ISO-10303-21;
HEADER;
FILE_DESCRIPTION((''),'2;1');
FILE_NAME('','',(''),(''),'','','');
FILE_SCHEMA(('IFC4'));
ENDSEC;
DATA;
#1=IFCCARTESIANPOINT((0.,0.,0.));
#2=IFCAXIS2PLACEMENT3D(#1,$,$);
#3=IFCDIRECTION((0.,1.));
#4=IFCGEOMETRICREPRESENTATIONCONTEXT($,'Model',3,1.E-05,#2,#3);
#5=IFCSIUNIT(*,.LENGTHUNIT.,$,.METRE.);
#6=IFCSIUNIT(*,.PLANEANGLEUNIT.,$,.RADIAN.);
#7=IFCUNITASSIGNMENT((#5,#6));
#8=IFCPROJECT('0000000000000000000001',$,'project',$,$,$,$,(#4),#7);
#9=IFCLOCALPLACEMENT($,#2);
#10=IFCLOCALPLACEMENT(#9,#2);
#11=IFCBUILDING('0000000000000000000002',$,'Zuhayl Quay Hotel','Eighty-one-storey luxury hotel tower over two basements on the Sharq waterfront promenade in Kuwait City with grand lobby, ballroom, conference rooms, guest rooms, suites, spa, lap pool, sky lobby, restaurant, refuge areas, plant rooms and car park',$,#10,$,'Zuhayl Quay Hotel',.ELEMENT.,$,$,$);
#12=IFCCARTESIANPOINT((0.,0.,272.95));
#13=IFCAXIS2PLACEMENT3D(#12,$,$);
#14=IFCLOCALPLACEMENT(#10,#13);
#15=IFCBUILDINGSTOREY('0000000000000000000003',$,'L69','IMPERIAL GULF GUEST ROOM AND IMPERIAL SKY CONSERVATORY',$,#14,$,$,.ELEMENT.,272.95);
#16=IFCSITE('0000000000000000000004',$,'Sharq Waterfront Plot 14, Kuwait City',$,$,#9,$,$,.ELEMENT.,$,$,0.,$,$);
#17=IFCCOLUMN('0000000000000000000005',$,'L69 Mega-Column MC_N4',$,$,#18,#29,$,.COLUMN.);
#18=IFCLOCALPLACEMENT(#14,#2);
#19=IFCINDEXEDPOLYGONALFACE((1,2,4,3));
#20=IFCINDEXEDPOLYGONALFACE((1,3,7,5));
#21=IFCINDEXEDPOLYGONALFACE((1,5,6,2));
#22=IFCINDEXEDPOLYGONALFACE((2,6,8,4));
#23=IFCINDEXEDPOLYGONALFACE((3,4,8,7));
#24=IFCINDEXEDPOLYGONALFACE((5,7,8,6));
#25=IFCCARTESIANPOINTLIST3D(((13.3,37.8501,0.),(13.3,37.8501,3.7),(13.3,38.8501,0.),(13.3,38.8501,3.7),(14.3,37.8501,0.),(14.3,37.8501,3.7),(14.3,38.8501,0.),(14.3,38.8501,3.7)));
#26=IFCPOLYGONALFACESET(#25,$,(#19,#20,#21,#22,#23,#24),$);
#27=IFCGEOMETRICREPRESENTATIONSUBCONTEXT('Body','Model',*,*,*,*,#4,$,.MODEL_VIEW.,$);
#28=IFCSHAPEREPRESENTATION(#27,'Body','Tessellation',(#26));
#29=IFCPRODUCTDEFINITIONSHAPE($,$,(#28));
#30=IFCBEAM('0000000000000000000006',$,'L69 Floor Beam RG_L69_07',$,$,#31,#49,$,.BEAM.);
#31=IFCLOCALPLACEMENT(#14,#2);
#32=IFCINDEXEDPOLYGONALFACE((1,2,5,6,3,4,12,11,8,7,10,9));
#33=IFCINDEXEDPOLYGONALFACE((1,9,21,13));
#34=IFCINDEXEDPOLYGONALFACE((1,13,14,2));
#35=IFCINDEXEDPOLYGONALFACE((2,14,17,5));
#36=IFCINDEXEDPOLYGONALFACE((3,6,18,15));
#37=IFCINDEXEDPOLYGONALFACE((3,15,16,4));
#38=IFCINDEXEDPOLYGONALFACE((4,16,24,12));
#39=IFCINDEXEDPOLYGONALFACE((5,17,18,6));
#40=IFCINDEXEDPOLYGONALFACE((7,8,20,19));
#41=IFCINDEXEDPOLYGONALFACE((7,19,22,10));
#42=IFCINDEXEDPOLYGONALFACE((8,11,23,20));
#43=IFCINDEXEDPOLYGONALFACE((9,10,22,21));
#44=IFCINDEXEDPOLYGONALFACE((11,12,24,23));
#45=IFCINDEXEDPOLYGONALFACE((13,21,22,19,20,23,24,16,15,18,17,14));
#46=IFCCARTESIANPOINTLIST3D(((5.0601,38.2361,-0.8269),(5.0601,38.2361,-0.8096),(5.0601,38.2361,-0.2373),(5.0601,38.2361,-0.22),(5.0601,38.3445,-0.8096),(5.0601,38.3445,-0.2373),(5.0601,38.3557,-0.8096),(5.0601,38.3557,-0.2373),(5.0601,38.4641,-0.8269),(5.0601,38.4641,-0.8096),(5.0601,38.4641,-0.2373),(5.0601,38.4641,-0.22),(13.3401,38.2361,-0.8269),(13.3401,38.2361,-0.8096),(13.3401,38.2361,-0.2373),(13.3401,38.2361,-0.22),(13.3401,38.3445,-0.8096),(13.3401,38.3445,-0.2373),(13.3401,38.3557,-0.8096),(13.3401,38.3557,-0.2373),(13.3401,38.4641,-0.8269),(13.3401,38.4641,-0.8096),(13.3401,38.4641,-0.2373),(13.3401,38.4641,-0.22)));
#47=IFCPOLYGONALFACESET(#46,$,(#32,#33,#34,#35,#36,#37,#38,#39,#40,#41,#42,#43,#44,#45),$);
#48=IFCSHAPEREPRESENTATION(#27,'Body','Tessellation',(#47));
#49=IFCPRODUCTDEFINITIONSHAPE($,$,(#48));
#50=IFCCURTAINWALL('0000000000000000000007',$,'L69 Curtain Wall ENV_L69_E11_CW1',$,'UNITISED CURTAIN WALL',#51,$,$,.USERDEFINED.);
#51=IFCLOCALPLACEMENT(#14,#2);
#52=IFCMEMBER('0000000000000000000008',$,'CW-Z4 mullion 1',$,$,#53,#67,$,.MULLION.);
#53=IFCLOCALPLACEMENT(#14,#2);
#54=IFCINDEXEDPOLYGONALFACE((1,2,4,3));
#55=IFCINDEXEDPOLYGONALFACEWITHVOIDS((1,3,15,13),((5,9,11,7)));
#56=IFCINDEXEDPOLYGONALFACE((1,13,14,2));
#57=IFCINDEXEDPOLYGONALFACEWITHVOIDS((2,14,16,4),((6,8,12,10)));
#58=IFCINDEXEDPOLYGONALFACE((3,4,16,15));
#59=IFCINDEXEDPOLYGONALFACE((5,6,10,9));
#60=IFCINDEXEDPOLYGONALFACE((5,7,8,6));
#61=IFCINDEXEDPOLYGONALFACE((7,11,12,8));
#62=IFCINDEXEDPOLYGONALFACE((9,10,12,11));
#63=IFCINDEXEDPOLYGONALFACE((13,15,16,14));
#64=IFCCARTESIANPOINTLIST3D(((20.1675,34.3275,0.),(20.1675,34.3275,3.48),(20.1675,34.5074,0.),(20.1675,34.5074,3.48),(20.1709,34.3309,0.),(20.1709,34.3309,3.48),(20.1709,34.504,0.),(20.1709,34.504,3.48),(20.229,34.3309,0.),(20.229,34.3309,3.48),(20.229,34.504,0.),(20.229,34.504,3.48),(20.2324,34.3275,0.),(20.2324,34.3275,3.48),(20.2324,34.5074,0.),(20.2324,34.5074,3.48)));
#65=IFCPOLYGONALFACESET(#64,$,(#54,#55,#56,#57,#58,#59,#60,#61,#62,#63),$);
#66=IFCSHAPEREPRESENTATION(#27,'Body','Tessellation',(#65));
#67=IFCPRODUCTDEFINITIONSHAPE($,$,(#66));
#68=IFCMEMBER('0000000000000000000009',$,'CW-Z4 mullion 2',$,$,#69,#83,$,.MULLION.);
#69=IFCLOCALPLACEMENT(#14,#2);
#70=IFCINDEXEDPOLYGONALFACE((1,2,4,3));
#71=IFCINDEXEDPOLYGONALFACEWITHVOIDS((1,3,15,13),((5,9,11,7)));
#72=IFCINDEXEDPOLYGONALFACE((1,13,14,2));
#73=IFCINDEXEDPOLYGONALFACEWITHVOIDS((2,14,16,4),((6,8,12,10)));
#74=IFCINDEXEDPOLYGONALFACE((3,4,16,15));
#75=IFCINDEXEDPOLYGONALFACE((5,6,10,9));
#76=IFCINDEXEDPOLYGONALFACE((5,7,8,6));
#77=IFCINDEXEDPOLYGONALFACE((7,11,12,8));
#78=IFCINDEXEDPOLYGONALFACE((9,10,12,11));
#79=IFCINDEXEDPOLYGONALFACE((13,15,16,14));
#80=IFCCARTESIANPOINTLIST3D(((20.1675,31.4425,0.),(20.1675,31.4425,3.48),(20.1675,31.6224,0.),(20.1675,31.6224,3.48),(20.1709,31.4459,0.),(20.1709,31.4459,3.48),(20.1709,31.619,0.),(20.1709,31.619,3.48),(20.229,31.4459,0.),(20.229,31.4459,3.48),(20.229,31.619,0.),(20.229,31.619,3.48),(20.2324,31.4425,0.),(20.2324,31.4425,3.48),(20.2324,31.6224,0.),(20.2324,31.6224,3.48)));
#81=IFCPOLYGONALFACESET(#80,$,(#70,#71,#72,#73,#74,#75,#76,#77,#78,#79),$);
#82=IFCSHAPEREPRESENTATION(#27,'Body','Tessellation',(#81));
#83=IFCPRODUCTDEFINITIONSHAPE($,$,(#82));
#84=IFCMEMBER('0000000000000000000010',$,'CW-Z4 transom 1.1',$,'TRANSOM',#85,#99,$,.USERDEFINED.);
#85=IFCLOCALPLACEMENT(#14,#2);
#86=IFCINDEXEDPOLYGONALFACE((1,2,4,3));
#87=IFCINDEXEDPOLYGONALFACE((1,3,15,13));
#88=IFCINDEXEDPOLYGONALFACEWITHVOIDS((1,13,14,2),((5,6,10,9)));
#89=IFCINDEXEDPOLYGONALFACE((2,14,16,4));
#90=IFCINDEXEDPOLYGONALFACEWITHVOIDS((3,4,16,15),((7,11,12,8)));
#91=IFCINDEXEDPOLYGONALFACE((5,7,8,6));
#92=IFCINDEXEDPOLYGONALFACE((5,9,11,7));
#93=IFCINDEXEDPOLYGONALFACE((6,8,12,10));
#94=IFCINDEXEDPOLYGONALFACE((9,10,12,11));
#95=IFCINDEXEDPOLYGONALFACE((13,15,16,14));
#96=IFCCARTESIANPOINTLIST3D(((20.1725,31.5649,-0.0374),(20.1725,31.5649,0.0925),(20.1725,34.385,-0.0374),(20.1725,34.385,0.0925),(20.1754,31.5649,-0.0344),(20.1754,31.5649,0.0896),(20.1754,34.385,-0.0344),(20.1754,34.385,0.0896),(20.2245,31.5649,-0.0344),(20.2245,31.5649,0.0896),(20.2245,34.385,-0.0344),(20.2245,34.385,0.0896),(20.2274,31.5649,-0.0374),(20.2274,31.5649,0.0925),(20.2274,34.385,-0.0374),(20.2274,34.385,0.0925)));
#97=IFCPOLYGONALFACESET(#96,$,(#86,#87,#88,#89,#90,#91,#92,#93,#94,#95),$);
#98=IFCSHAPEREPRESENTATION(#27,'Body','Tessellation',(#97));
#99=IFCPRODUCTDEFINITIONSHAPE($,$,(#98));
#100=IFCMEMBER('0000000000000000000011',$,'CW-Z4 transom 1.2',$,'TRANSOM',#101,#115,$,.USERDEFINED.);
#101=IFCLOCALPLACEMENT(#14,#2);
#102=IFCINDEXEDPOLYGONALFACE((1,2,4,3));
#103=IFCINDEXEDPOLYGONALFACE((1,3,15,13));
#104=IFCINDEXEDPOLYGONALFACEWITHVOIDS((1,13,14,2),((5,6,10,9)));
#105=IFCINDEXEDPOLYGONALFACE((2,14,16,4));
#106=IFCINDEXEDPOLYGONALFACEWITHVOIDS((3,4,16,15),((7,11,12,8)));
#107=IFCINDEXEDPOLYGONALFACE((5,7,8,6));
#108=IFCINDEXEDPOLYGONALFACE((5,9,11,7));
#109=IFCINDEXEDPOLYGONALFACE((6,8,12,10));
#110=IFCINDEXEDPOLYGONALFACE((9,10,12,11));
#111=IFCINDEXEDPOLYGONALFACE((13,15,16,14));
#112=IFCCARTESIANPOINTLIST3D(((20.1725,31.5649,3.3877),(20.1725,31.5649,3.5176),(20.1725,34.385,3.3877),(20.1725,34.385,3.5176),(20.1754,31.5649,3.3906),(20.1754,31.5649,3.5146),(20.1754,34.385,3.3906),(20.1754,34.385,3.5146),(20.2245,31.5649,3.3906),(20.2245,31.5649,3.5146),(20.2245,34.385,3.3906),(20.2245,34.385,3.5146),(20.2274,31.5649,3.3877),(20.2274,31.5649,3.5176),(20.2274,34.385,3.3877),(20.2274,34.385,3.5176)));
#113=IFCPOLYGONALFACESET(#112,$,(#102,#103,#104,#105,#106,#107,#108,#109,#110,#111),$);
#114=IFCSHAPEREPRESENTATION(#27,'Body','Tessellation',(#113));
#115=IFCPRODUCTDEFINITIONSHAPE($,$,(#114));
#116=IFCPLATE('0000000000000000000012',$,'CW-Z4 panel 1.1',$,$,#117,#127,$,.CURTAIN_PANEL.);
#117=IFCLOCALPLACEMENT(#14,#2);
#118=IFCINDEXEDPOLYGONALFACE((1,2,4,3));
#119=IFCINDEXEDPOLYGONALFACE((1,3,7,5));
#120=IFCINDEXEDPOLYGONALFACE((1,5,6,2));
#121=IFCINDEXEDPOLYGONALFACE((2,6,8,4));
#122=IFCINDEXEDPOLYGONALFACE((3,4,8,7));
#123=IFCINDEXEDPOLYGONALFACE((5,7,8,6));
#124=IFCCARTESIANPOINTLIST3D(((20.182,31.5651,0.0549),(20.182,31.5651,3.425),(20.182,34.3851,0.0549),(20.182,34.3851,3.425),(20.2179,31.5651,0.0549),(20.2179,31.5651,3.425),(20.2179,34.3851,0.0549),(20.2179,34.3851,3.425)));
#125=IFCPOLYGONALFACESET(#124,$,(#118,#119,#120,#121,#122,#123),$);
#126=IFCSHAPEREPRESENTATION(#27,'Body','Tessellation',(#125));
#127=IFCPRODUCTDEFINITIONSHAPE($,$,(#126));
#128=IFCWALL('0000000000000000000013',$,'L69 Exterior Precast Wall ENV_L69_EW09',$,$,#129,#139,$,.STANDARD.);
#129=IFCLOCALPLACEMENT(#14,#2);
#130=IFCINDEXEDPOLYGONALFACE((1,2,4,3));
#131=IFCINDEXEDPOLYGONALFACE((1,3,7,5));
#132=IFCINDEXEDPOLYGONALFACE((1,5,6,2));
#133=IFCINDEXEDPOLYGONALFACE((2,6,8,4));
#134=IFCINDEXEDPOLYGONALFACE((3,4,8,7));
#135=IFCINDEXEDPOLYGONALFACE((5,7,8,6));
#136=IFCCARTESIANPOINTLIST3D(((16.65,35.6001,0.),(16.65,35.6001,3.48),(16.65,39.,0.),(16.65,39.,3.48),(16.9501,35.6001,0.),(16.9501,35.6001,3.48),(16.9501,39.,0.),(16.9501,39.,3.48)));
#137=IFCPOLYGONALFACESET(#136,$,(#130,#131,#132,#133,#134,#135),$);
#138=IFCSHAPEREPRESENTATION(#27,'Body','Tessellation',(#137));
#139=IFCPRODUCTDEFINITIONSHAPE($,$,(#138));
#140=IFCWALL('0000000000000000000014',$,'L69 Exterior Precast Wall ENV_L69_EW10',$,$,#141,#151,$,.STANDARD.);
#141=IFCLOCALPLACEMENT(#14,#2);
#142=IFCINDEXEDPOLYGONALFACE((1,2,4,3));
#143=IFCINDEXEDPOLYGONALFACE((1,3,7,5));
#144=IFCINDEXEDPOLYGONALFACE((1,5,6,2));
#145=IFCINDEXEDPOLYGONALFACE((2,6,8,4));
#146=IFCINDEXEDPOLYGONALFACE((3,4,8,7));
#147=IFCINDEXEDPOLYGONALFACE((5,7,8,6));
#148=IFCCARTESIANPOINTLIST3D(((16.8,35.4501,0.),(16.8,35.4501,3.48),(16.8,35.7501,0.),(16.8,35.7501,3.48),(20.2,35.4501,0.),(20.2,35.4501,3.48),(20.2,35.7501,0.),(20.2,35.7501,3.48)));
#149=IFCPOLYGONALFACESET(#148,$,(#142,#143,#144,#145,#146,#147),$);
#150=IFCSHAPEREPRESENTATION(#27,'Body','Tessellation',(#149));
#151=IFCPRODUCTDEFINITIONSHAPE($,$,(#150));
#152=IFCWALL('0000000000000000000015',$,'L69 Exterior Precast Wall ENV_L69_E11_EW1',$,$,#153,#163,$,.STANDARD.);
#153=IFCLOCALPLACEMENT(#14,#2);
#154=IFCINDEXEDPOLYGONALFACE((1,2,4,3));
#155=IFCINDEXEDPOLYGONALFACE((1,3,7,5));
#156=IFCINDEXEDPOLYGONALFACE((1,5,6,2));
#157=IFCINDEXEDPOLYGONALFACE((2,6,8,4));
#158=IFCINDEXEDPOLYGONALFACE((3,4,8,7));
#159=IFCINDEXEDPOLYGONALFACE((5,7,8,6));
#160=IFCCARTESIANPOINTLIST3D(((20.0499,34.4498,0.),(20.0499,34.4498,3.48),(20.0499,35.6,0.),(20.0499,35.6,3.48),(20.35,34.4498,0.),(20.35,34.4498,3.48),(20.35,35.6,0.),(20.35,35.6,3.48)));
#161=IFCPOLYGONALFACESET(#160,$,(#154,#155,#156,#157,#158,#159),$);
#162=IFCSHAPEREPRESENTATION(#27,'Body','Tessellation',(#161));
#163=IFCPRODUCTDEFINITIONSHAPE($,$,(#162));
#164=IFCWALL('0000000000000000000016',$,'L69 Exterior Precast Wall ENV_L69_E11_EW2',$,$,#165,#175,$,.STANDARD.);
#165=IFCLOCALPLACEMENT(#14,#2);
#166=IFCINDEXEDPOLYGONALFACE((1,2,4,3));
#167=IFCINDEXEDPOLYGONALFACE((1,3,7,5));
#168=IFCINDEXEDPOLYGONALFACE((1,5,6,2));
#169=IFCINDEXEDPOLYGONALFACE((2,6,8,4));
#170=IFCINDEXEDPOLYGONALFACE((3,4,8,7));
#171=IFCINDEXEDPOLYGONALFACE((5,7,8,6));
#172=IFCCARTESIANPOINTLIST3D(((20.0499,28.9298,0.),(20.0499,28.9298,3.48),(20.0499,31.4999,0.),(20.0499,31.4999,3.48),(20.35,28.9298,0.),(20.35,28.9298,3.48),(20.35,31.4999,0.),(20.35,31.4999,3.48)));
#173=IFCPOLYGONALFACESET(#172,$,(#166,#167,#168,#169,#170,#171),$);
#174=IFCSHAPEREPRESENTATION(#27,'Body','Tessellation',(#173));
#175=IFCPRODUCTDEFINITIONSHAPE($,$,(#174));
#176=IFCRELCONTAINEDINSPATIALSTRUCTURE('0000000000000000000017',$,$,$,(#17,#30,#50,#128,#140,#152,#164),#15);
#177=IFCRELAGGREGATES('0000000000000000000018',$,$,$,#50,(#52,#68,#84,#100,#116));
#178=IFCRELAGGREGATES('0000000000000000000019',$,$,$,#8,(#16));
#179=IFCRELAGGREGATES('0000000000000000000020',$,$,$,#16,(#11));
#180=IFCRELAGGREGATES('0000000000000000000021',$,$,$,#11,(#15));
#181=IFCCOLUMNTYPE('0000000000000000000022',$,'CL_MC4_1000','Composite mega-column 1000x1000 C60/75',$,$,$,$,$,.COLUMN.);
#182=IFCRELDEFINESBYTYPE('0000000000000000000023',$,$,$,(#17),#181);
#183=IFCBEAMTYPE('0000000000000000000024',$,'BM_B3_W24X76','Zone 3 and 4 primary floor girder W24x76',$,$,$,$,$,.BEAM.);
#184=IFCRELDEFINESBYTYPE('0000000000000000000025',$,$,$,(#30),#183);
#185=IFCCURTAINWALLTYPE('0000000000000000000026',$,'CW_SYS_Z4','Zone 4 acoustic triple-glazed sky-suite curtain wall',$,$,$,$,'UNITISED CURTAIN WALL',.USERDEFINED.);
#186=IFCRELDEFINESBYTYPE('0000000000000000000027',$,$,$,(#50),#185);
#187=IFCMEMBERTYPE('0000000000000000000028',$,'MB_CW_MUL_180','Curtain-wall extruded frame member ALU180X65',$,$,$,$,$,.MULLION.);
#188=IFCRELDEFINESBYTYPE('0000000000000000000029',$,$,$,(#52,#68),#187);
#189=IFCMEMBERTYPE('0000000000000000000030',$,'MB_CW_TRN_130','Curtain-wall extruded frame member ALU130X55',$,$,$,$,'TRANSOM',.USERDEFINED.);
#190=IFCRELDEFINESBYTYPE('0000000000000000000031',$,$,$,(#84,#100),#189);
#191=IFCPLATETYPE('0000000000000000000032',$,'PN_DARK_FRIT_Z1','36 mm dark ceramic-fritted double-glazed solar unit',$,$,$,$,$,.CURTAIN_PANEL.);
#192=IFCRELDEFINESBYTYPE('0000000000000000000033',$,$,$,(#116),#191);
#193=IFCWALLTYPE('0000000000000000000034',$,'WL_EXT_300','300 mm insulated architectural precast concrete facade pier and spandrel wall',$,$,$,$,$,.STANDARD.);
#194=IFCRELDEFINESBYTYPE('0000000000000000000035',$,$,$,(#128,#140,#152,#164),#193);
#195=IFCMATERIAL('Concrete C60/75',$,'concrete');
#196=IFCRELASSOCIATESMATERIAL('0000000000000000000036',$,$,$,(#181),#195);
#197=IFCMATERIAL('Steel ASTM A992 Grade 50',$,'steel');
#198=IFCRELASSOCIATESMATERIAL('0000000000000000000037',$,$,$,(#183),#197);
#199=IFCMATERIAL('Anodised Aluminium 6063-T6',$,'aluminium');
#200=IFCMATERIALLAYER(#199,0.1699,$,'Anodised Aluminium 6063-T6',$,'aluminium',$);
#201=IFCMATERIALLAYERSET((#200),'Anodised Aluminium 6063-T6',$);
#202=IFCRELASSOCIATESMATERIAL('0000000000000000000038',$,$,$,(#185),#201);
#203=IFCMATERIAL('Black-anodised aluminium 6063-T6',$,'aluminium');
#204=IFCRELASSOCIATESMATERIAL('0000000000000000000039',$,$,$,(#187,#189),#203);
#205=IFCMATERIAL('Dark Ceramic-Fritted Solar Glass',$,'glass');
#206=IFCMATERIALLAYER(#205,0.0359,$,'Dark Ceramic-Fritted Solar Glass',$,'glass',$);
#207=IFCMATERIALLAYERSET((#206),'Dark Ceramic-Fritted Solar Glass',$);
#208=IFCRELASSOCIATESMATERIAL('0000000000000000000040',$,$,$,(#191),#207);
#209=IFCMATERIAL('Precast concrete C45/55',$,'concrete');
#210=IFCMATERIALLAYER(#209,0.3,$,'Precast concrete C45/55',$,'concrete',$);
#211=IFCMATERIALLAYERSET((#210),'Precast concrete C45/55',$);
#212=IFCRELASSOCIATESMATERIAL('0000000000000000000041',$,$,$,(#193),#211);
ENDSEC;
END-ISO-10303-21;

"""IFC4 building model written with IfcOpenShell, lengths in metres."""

from ifc_helpers import new_model, si_unit, direction, frame, frame_2d, origin, origin_2d, place, context, subcontext, project, spatial, rectangle, hollow_rectangle, i_section, extrude, material, layer, layer_set, material_profile, profile_set, type_object, element, aggregate, save


model = new_model("IFC4")

# Units and contexts
model_context = context("Model", 3, precision=1e-05, world=origin(), true_north=direction((0.0, 1.0)))
body_context = subcontext(model_context, "Body", "Model", "MODEL_VIEW")
ifc_project = project(units=[si_unit("LENGTHUNIT", "METRE"), si_unit("PLANEANGLEUNIT", "RADIAN")], contexts=[model_context])

# Site, building, storey
site_placement = place(None, origin())
site = spatial("IfcSite", under=ifc_project, at=site_placement, Name="Sharq Waterfront Plot 14, Kuwait City", CompositionType="ELEMENT", RefElevation=0.0)
building_placement = place(site_placement, origin())
building = spatial("IfcBuilding", under=site, at=building_placement, Name="Zuhayl Quay Hotel", Description="Eighty-one-storey luxury hotel tower over two basements on the Sharq waterfront promenade in Kuwait City with grand lobby, ballroom, conference rooms, guest rooms, suites, spa, lap pool, sky lobby, restaurant, refuge areas, plant rooms and car park", LongName="Zuhayl Quay Hotel", CompositionType="ELEMENT")
storey_placement = place(building_placement, frame((0.0, 0.0, 272.95)))
storey = spatial("IfcBuildingStorey", under=building, at=storey_placement, Name="L69", Description="IMPERIAL GULF GUEST ROOM AND IMPERIAL SKY CONSERVATORY", CompositionType="ELEMENT", Elevation=272.95)

# Column
ifc_material_1 = material(Name="Concrete C60/75", Category="concrete")
ifc_material_profile_1 = material_profile(ifc_material_1, rectangle(XDim=1.0, YDim=1.0, at=origin_2d()), Name="RC1000X1000")
ifc_profile_set_1 = profile_set([ifc_material_profile_1], Name="Concrete C60/75")
column_type = type_object("IfcColumnType", Name="CL_MC4_1000", Description="Composite mega-column 1000x1000 C60/75", PredefinedType="COLUMN", material=ifc_profile_set_1)
column_placement = place(storey_placement, frame((13.8, 38.3501, 0.0), z_axis=(0.0, 0.0, 1.0), x_axis=(1.0, 0.0, 0.0)))
element("IfcColumn", 1, at=column_placement, inside=storey, type_object=column_type, Name="L69 Mega-Column MC_N4", PredefinedType="COLUMN", context=body_context, shape_type="SweptSolid", body=[
    extrude(rectangle(XDim=1.0, YDim=1.0, at=origin_2d()), origin(), (0.0, 0.0, 1.0), 3.7),
])

# Beam
ifc_material_2 = material(Name="Steel ASTM A992 Grade 50", Category="steel")
ifc_material_profile_2 = material_profile(ifc_material_2, i_section(OverallWidth=0.228, OverallDepth=0.6069, WebThickness=0.0112, FlangeThickness=0.0173, at=origin_2d()), Name="W24X76")
ifc_profile_set_2 = profile_set([ifc_material_profile_2], Name="Steel ASTM A992 Grade 50")
beam_type = type_object("IfcBeamType", Name="BM_B3_W24X76", Description="Zone 3 and 4 primary floor girder W24x76", PredefinedType="BEAM", material=ifc_profile_set_2)
beam_placement = place(storey_placement, frame((13.3401, 38.3501, -0.5234), z_axis=(-1.0, 0.0, 0.0), x_axis=(0.0, -1.0, 0.0)))
element("IfcBeam", 2, at=beam_placement, inside=storey, type_object=beam_type, Name="L69 Floor Beam RG_L69_07", PredefinedType="BEAM", context=body_context, shape_type="SweptSolid", body=[
    extrude(i_section(OverallWidth=0.228, OverallDepth=0.6069, WebThickness=0.0112, FlangeThickness=0.0173, at=origin_2d()), origin(), (0.0, 0.0, 1.0), 8.28),
])

# Curtain wall, members, plate
ifc_material_3 = material(Name="Anodised Aluminium 6063-T6", Category="aluminium")
ifc_layer_1 = layer(ifc_material_3, 0.1699, Name="Anodised Aluminium 6063-T6", Category="aluminium")
ifc_layer_set_1 = layer_set([ifc_layer_1], Name="Anodised Aluminium 6063-T6")
curtain_wall_type = type_object("IfcCurtainWallType", Name="CW_SYS_Z4", Description="Zone 4 acoustic triple-glazed sky-suite curtain wall", ElementType="UNITISED CURTAIN WALL", PredefinedType="USERDEFINED", material=ifc_layer_set_1)
curtain_wall_placement = place(storey_placement, origin())
curtain_wall = element("IfcCurtainWall", 3, at=curtain_wall_placement, inside=storey, type_object=curtain_wall_type, Name="L69 Curtain Wall ENV_L69_E11_CW1", ObjectType="UNITISED CURTAIN WALL", PredefinedType="USERDEFINED")
ifc_material_4 = material(Name="Black-anodised aluminium 6063-T6", Category="aluminium")
ifc_material_profile_3 = material_profile(ifc_material_4, hollow_rectangle(XDim=0.0649, YDim=0.1799, WallThickness=0.0034, at=origin_2d()), Name="ALU180X65")
ifc_profile_set_3 = profile_set([ifc_material_profile_3], Name="Black-anodised aluminium 6063-T6")
member_type_1 = type_object("IfcMemberType", Name="MB_CW_MUL_180", Description="Curtain-wall extruded frame member ALU180X65", PredefinedType="MULLION", material=ifc_profile_set_3)
member_1_placement = place(storey_placement, frame((20.2, 34.4175, 0.0), z_axis=(0.0, 0.0, 1.0), x_axis=(1.0, 0.0, 0.0)))
member_1 = element("IfcMember", 4, at=member_1_placement, type_object=member_type_1, Name="CW-Z4 mullion 1", PredefinedType="MULLION", context=body_context, shape_type="SweptSolid", body=[
    extrude(hollow_rectangle(XDim=0.0649, YDim=0.1799, WallThickness=0.0034, at=origin_2d()), origin(), (0.0, 0.0, 1.0), 3.48),
])
member_2_placement = place(storey_placement, frame((20.2, 31.5325, 0.0), z_axis=(0.0, 0.0, 1.0), x_axis=(1.0, 0.0, 0.0)))
member_2 = element("IfcMember", 5, at=member_2_placement, type_object=member_type_1, Name="CW-Z4 mullion 2", PredefinedType="MULLION", context=body_context, shape_type="SweptSolid", body=[
    extrude(hollow_rectangle(XDim=0.0649, YDim=0.1799, WallThickness=0.0034, at=origin_2d()), origin(), (0.0, 0.0, 1.0), 3.48),
])
ifc_material_profile_4 = material_profile(ifc_material_4, hollow_rectangle(XDim=0.0549, YDim=0.1299, WallThickness=0.0029, at=origin_2d()), Name="ALU130X55")
ifc_profile_set_4 = profile_set([ifc_material_profile_4], Name="Black-anodised aluminium 6063-T6")
member_type_2 = type_object("IfcMemberType", Name="MB_CW_TRN_130", Description="Curtain-wall extruded frame member ALU130X55", ElementType="TRANSOM", PredefinedType="USERDEFINED", material=ifc_profile_set_4)
member_3_placement = place(storey_placement, frame((20.2, 34.385, 0.0276), z_axis=(0.0, -1.0, 0.0), x_axis=(1.0, 0.0, 0.0)))
member_3 = element("IfcMember", 6, at=member_3_placement, type_object=member_type_2, Name="CW-Z4 transom 1.1", ObjectType="TRANSOM", PredefinedType="USERDEFINED", context=body_context, shape_type="SweptSolid", body=[
    extrude(hollow_rectangle(XDim=0.0549, YDim=0.1299, WallThickness=0.0029, at=origin_2d()), origin(), (0.0, 0.0, 1.0), 2.8201),
])
member_4_placement = place(storey_placement, frame((20.2, 34.385, 3.4526), z_axis=(0.0, -1.0, 0.0), x_axis=(1.0, 0.0, 0.0)))
member_4 = element("IfcMember", 7, at=member_4_placement, type_object=member_type_2, Name="CW-Z4 transom 1.2", ObjectType="TRANSOM", PredefinedType="USERDEFINED", context=body_context, shape_type="SweptSolid", body=[
    extrude(hollow_rectangle(XDim=0.0549, YDim=0.1299, WallThickness=0.0029, at=origin_2d()), origin(), (0.0, 0.0, 1.0), 2.8201),
])
ifc_material_5 = material(Name="Dark Ceramic-Fritted Solar Glass", Category="glass")
ifc_layer_2 = layer(ifc_material_5, 0.0359, Name="Dark Ceramic-Fritted Solar Glass", Category="glass")
ifc_layer_set_2 = layer_set([ifc_layer_2], Name="Dark Ceramic-Fritted Solar Glass")
plate_type = type_object("IfcPlateType", Name="PN_DARK_FRIT_Z1", Description="36 mm dark ceramic-fritted double-glazed solar unit", PredefinedType="CURTAIN_PANEL", material=ifc_layer_set_2)
plate_placement = place(storey_placement, frame((20.2, 32.9751, 0.0549), z_axis=(0.0, 0.0, 1.0), x_axis=(0.0, -1.0, 0.0)))
plate = element("IfcPlate", 8, at=plate_placement, type_object=plate_type, Name="CW-Z4 panel 1.1", PredefinedType="CURTAIN_PANEL", context=body_context, shape_type="SweptSolid", body=[
    extrude(rectangle(XDim=2.8201, YDim=0.0359, at=origin_2d()), origin(), (0.0, 0.0, 1.0), 3.3701),
])
aggregate(curtain_wall, [member_1, member_2, member_3, member_4, plate])

# Walls
ifc_material_6 = material(Name="Precast concrete C45/55", Category="concrete")
ifc_layer_3 = layer(ifc_material_6, 0.3, Name="Precast concrete C45/55", Category="concrete")
ifc_layer_set_3 = layer_set([ifc_layer_3], Name="Precast concrete C45/55")
wall_type_1 = type_object("IfcWallType", Name="WL_EXT_300", Description="300 mm insulated architectural precast concrete facade pier and spandrel wall", PredefinedType="STANDARD", material=ifc_layer_set_3)
for number, where, z_axis, x_axis, name in (
    (9, (16.8, 39.0, 0.0), (0.0, 0.0, 1.0), (0.0, -1.0, 0.0), "L69 Exterior Precast Wall ENV_L69_EW09"),
    (10, (16.8, 35.6001, 0.0), (0.0, 0.0, 1.0), (1.0, 0.0, 0.0), "L69 Exterior Precast Wall ENV_L69_EW10"),
):
    element("IfcWall", number, at=place(storey_placement, frame(where, z_axis=z_axis, x_axis=x_axis)), inside=storey, type_object=wall_type_1, Name=name, PredefinedType="STANDARD", context=body_context, shape_type="SweptSolid", body=[
        extrude(rectangle(XDim=3.3999, YDim=0.3, at=frame_2d((1.7, 0.0))), origin(), (0.0, 0.0, 1.0), 3.48),
    ])
wall_1_placement = place(storey_placement, frame((20.2, 35.6001, 0.0), z_axis=(0.0, 0.0, 1.0), x_axis=(0.0, -1.0, 0.0)))
element("IfcWall", 11, at=wall_1_placement, inside=storey, type_object=wall_type_1, Name="L69 Exterior Precast Wall ENV_L69_E11_EW1", PredefinedType="STANDARD", context=body_context, shape_type="SweptSolid", body=[
    extrude(rectangle(XDim=1.1501, YDim=0.3, at=frame_2d((0.5752, 0.0))), origin(), (0.0, 0.0, 1.0), 3.48),
])
wall_2_placement = place(storey_placement, frame((20.2, 31.5, 0.0), z_axis=(0.0, 0.0, 1.0), x_axis=(0.0, -1.0, 0.0)))
element("IfcWall", 12, at=wall_2_placement, inside=storey, type_object=wall_type_1, Name="L69 Exterior Precast Wall ENV_L69_E11_EW2", PredefinedType="STANDARD", context=body_context, shape_type="SweptSolid", body=[
    extrude(rectangle(XDim=2.5701, YDim=0.3, at=frame_2d((1.2852, 0.0))), origin(), (0.0, 0.0, 1.0), 3.48),
])

save(model, "model.ifc")
